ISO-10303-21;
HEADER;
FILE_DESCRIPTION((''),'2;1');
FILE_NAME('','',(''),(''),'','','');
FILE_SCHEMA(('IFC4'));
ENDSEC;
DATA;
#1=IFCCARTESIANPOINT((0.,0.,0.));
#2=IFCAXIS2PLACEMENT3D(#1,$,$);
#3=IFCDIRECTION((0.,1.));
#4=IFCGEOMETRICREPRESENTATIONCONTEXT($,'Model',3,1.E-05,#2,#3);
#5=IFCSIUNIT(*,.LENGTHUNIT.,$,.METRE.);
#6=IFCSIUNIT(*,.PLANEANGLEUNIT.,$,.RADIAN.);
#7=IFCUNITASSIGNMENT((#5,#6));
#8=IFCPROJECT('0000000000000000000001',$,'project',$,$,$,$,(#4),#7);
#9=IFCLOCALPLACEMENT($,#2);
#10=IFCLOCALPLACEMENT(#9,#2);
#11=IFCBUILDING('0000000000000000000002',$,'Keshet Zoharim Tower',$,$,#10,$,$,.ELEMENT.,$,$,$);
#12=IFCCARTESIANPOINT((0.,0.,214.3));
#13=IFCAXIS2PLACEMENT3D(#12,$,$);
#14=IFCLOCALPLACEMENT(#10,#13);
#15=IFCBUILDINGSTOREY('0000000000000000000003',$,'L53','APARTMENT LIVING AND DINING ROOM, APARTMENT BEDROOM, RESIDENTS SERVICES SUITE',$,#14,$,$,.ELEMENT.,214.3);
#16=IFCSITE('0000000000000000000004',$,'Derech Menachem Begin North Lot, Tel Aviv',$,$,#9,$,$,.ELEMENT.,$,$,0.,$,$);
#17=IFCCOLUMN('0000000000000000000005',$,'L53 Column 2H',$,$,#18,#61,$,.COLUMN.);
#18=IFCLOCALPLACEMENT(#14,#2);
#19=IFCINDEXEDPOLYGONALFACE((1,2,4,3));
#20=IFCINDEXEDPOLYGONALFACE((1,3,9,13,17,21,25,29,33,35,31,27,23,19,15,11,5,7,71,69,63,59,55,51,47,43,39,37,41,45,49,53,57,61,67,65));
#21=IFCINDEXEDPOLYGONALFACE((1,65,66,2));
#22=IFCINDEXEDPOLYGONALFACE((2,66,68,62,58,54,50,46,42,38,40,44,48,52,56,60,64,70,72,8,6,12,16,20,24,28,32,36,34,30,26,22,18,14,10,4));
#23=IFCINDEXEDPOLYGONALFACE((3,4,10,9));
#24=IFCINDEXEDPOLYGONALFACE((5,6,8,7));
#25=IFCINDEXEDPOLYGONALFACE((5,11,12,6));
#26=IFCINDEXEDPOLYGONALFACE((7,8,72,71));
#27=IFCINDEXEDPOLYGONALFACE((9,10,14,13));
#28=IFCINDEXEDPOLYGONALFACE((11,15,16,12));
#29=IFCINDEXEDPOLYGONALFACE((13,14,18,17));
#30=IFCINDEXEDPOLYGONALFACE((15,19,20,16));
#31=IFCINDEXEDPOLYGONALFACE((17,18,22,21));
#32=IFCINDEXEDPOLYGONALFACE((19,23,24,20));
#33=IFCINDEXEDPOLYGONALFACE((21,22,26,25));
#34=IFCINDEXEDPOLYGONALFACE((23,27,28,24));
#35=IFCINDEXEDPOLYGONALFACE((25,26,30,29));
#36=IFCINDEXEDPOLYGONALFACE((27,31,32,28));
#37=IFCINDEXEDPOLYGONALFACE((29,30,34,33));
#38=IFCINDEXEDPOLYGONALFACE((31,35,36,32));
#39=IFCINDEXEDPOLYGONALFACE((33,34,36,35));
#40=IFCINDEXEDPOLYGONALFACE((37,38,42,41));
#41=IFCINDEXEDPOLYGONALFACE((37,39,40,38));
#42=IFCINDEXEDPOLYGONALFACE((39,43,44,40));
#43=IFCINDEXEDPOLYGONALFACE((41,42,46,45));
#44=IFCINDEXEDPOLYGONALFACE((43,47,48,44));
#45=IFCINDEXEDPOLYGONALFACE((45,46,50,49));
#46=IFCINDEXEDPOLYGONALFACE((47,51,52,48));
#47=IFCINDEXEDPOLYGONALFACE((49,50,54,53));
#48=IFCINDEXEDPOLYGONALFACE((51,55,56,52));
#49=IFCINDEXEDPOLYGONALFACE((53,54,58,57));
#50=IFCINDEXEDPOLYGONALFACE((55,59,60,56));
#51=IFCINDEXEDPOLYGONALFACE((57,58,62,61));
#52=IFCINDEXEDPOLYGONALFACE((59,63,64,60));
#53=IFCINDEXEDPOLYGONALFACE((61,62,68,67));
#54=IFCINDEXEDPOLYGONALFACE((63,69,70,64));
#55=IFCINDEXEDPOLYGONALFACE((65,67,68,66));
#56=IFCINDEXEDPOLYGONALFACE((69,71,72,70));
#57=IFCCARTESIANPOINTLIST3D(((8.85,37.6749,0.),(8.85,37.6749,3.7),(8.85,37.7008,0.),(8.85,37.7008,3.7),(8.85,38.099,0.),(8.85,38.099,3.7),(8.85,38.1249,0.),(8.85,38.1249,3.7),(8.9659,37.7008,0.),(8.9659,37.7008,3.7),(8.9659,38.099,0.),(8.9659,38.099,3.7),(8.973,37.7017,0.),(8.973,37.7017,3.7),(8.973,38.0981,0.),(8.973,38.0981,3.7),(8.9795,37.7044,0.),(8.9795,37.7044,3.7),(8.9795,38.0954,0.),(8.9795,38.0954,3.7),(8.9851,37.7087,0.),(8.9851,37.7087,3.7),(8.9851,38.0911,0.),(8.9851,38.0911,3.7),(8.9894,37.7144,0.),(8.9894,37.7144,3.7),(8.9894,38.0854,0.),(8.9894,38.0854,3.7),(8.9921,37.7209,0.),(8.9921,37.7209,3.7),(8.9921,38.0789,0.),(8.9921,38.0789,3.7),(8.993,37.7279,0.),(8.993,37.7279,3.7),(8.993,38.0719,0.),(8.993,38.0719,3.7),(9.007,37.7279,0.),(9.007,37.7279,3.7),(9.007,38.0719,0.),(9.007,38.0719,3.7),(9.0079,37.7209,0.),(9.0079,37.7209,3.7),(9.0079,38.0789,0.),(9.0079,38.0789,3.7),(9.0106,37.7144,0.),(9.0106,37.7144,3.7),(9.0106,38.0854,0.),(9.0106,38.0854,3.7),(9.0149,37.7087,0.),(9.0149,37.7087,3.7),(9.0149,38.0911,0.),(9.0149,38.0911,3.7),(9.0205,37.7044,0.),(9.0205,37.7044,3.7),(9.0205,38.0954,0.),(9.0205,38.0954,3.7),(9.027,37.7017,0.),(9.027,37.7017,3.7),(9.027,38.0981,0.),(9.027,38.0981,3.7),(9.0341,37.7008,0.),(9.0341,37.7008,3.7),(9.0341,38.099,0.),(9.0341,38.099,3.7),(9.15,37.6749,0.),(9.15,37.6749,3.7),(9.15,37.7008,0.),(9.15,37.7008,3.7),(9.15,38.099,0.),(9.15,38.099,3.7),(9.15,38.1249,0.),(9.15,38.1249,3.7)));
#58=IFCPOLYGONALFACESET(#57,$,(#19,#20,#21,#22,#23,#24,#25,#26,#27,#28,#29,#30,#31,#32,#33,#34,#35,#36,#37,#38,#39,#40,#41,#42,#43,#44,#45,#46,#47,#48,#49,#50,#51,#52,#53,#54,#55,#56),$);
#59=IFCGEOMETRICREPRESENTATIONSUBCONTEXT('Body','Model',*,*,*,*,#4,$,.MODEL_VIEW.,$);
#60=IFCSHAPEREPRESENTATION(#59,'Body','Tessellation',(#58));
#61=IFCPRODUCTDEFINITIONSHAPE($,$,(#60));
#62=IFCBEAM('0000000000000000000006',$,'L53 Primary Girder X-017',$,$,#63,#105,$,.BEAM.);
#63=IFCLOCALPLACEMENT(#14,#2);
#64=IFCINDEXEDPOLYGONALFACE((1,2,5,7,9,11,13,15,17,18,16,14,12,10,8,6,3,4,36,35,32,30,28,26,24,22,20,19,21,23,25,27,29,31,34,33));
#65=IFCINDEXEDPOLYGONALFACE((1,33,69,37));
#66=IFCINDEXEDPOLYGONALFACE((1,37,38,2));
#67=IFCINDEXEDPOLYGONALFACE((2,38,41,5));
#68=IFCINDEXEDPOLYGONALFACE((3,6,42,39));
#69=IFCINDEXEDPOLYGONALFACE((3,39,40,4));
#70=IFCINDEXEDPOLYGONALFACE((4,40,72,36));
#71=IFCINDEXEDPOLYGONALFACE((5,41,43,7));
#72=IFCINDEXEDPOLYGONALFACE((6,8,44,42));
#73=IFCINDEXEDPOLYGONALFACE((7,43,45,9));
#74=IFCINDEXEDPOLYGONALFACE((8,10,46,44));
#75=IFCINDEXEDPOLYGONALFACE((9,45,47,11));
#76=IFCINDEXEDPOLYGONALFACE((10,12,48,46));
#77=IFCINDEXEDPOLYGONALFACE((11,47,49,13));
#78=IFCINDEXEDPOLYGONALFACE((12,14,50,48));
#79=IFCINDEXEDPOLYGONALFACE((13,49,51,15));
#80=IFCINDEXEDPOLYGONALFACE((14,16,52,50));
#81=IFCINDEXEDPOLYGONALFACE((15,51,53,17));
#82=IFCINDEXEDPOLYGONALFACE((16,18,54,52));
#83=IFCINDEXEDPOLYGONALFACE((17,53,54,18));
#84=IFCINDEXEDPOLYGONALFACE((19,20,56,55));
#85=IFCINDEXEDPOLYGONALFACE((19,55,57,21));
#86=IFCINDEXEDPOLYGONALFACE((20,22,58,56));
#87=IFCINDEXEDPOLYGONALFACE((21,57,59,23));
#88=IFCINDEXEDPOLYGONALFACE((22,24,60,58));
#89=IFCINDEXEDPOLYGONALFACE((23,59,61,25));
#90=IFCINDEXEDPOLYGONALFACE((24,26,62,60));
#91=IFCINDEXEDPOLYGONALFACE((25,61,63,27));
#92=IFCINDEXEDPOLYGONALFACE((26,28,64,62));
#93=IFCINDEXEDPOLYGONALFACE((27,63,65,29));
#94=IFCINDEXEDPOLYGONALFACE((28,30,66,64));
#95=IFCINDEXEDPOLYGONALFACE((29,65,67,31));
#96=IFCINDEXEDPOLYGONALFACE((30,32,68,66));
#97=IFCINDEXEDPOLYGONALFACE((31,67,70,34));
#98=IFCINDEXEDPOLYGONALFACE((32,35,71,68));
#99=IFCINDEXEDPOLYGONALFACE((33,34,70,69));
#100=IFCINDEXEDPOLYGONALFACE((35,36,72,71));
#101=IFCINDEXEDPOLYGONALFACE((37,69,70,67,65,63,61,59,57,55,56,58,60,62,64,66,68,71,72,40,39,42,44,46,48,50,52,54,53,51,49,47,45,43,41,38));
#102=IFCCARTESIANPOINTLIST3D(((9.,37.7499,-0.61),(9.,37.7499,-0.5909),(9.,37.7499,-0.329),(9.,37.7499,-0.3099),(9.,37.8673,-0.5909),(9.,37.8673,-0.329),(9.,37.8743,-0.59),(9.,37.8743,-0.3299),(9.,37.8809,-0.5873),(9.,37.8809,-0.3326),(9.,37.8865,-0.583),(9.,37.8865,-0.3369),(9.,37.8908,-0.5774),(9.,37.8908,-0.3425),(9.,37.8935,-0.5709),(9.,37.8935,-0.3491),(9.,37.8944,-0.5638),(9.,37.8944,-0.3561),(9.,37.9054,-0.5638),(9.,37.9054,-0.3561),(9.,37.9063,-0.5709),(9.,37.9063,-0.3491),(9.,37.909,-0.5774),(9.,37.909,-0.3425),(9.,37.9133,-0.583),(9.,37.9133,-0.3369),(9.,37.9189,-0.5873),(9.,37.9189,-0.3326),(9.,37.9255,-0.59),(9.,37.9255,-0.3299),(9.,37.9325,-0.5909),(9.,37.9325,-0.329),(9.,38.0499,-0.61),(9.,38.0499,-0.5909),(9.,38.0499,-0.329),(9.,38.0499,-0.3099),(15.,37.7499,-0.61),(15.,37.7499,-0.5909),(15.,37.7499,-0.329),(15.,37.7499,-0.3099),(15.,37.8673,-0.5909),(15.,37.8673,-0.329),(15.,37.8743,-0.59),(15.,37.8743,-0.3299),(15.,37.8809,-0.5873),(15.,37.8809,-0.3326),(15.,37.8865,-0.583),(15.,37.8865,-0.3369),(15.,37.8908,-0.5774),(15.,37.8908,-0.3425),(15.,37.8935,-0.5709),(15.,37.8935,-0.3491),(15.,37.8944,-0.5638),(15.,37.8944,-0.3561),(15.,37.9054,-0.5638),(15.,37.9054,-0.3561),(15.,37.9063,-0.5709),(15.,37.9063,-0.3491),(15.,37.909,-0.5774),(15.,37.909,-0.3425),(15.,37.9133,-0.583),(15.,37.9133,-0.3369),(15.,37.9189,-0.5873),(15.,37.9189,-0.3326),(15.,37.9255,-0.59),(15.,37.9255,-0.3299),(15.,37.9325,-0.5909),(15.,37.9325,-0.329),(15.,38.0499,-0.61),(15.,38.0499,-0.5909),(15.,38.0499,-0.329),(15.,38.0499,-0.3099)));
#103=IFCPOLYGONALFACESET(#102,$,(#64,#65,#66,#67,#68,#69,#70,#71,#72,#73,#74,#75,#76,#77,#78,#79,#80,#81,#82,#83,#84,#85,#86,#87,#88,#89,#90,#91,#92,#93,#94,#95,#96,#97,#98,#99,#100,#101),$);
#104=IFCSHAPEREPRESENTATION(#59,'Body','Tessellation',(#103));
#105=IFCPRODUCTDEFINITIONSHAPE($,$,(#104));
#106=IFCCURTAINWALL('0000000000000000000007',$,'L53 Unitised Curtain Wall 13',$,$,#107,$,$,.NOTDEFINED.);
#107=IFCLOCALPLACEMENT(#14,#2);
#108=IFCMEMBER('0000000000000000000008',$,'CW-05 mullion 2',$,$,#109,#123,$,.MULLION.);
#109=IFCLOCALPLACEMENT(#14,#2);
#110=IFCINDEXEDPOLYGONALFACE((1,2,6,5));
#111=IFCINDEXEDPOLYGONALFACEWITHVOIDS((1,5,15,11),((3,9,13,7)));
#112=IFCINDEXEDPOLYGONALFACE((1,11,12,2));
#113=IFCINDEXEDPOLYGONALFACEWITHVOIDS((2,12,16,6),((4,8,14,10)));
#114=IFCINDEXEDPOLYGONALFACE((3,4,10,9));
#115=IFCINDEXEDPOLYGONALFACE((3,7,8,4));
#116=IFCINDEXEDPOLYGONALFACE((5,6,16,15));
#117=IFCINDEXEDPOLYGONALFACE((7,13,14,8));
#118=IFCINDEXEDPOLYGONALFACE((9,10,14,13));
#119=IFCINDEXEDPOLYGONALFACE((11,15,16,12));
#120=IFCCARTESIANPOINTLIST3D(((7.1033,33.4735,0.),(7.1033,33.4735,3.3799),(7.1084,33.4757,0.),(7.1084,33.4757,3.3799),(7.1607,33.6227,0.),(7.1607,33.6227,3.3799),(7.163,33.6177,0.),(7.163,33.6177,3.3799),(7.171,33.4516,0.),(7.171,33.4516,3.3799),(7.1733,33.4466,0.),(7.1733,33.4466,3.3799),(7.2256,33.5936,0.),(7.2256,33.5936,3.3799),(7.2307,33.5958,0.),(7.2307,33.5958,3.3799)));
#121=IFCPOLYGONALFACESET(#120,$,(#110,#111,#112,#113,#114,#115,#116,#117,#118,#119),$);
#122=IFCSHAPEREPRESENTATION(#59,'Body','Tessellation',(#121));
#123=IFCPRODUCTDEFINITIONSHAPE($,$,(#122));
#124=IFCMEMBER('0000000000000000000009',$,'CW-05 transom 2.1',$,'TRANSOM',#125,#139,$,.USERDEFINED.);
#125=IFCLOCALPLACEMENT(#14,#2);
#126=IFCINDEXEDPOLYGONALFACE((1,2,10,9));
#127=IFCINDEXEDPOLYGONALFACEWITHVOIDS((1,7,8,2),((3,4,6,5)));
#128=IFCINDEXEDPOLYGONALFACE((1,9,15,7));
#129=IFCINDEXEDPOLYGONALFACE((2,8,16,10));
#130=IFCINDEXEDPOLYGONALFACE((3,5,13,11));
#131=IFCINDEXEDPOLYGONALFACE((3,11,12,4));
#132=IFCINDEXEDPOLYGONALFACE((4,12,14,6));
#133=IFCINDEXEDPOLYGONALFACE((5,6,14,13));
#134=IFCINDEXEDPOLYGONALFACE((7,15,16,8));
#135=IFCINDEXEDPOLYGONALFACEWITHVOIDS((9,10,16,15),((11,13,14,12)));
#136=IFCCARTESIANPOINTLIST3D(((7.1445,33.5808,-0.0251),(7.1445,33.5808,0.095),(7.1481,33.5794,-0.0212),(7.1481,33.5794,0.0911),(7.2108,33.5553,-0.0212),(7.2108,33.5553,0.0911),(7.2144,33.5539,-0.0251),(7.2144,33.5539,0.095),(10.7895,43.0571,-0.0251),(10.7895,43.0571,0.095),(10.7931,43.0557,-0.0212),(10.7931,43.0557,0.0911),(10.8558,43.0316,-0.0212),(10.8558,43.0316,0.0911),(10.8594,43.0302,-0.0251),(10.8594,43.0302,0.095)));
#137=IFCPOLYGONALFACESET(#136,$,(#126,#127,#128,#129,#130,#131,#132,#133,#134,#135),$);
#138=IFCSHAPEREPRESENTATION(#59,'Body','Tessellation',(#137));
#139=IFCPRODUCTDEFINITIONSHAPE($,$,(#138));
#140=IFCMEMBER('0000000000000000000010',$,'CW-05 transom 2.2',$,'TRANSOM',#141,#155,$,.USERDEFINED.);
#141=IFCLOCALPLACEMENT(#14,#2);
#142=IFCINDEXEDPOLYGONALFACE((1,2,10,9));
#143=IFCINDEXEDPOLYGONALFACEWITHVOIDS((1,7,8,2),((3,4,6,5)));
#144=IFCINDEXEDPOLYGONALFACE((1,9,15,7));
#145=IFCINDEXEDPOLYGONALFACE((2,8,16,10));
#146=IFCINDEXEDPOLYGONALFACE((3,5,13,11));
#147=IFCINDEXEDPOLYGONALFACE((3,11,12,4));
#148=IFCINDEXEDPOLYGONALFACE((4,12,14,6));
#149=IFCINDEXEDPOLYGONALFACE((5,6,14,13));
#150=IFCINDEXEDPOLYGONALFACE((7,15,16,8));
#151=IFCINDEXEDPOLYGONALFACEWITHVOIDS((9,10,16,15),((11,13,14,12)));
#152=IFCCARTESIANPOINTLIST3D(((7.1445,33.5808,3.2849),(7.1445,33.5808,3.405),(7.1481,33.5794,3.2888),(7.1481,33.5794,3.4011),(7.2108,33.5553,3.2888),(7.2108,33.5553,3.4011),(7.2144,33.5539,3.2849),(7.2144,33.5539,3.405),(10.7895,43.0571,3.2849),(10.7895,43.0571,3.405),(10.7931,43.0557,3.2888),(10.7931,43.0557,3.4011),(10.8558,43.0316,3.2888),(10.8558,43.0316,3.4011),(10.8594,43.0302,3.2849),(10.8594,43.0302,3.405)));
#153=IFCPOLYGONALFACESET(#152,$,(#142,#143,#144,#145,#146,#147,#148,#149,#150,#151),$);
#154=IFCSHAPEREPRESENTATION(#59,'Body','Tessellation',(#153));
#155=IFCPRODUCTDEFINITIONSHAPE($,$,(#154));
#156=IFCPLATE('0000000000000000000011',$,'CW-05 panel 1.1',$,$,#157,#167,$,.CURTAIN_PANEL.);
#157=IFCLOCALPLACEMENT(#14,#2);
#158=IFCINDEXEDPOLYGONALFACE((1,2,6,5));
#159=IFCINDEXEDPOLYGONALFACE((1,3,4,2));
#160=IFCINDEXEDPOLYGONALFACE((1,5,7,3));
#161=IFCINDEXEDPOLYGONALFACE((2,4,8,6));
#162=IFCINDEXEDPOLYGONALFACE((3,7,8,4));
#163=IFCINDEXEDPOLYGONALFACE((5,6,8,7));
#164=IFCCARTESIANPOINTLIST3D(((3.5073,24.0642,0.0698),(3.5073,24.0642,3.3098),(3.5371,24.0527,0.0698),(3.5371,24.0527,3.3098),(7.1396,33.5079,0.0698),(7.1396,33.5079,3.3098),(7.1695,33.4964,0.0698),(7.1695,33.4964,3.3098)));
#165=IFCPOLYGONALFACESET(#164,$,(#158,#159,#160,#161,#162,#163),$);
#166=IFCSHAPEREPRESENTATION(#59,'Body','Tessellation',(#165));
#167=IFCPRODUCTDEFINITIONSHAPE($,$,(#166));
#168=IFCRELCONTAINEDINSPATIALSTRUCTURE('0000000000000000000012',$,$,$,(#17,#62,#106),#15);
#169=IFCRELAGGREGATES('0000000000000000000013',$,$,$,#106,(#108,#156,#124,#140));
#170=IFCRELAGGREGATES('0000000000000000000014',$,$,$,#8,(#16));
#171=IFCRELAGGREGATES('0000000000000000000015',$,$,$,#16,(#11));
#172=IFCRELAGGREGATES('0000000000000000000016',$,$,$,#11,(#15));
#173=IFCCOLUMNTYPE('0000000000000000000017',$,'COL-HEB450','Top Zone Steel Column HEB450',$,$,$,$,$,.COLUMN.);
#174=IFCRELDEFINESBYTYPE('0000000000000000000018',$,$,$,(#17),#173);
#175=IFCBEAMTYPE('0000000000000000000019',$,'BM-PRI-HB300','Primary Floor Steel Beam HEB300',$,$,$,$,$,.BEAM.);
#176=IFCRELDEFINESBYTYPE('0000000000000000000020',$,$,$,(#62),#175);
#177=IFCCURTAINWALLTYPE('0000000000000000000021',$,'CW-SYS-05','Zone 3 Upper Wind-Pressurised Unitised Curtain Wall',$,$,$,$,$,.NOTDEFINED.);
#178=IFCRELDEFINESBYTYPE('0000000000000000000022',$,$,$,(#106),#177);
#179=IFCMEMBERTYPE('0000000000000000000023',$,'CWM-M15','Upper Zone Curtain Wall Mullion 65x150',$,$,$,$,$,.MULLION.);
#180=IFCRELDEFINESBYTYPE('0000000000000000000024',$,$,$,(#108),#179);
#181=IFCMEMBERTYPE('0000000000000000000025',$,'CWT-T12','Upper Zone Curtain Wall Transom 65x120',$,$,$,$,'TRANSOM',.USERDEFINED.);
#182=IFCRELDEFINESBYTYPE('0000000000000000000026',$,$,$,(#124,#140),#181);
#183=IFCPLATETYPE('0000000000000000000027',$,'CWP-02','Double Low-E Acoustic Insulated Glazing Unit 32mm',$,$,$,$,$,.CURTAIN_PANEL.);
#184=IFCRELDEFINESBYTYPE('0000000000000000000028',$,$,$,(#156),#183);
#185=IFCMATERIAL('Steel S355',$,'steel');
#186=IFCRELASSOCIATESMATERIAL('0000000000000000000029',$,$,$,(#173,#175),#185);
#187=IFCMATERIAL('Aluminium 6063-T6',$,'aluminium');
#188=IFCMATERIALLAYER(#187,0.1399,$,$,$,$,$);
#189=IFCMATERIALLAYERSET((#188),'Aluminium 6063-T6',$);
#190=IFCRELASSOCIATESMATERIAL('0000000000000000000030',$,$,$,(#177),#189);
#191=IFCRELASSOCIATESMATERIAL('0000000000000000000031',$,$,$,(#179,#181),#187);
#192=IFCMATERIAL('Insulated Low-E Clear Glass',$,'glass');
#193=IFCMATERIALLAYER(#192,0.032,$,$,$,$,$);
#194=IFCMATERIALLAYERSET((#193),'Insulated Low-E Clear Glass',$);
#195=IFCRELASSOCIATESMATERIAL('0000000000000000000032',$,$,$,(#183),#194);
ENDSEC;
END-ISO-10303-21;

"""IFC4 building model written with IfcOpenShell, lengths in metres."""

from ifc_helpers import new_model, si_unit, direction, frame, origin, origin_2d, place, context, subcontext, project, spatial, rectangle, hollow_rectangle, i_section, extrude, material, layer, layer_set, material_profile, profile_set, type_object, element, aggregate, save


model = new_model("IFC4")

# Units and contexts
model_context = context("Model", 3, precision=1e-05, world=origin(), true_north=direction((0.0, 1.0)))
body_context = subcontext(model_context, "Body", "Model", "MODEL_VIEW")
ifc_project = project(units=[si_unit("LENGTHUNIT", "METRE"), si_unit("PLANEANGLEUNIT", "RADIAN")], contexts=[model_context])

# Site, building, storey
site_placement = place(None, origin())
site = spatial("IfcSite", under=ifc_project, at=site_placement, Name="Derech Menachem Begin North Lot, Tel Aviv", CompositionType="ELEMENT", RefElevation=0.0)
building_placement = place(site_placement, origin())
building = spatial("IfcBuilding", under=site, at=building_placement, Name="Keshet Zoharim Tower", CompositionType="ELEMENT")
storey_placement = place(building_placement, frame((0.0, 0.0, 214.3)))
storey = spatial("IfcBuildingStorey", under=building, at=storey_placement, Name="L53", Description="APARTMENT LIVING AND DINING ROOM, APARTMENT BEDROOM, RESIDENTS SERVICES SUITE", CompositionType="ELEMENT", Elevation=214.3)

# Column
ifc_material_1 = material(Name="Steel S355", Category="steel")
ifc_material_profile_1 = material_profile(ifc_material_1, i_section(OverallWidth=0.3, OverallDepth=0.45, WebThickness=0.0139, FlangeThickness=0.0259, FilletRadius=0.0271, at=origin_2d()), Name="HEB450")
ifc_profile_set_1 = profile_set([ifc_material_profile_1], Name="Steel S355")
column_type = type_object("IfcColumnType", Name="COL-HEB450", Description="Top Zone Steel Column HEB450", PredefinedType="COLUMN", material=ifc_profile_set_1)
column_placement = place(storey_placement, frame((9.0, 37.8999, 0.0), z_axis=(0.0, 0.0, 1.0), x_axis=(1.0, 0.0, 0.0)))
element("IfcColumn", 1, at=column_placement, inside=storey, type_object=column_type, Name="L53 Column 2H", PredefinedType="COLUMN", context=body_context, shape_type="SweptSolid", body=[
    extrude(i_section(OverallWidth=0.3, OverallDepth=0.45, WebThickness=0.0139, FlangeThickness=0.0259, FilletRadius=0.0271, at=origin_2d()), origin(), (0.0, 0.0, 1.0), 3.7),
])

# Beam
ifc_material_profile_2 = material_profile(ifc_material_1, i_section(OverallWidth=0.3, OverallDepth=0.3, WebThickness=0.011, FlangeThickness=0.019, FilletRadius=0.0271, at=origin_2d()), Name="HEB300")
ifc_profile_set_2 = profile_set([ifc_material_profile_2], Name="Steel S355")
beam_type = type_object("IfcBeamType", Name="BM-PRI-HB300", Description="Primary Floor Steel Beam HEB300", PredefinedType="BEAM", material=ifc_profile_set_2)
beam_placement = place(storey_placement, frame((9.0, 37.8999, -0.46), z_axis=(1.0, 0.0, 0.0), x_axis=(0.0, 1.0, 0.0)))
element("IfcBeam", 2, at=beam_placement, inside=storey, type_object=beam_type, Name="L53 Primary Girder X-017", PredefinedType="BEAM", context=body_context, shape_type="SweptSolid", body=[
    extrude(i_section(OverallWidth=0.3, OverallDepth=0.3, WebThickness=0.011, FlangeThickness=0.019, FilletRadius=0.0271, at=origin_2d()), origin(), (0.0, 0.0, 1.0), 6.0),
])

# Curtain wall, members, plate
ifc_material_2 = material(Name="Aluminium 6063-T6", Category="aluminium")
ifc_layer_1 = layer(ifc_material_2, 0.1399)
ifc_layer_set_1 = layer_set([ifc_layer_1], Name="Aluminium 6063-T6")
curtain_wall_type = type_object("IfcCurtainWallType", Name="CW-SYS-05", Description="Zone 3 Upper Wind-Pressurised Unitised Curtain Wall", PredefinedType="NOTDEFINED", material=ifc_layer_set_1)
curtain_wall_placement = place(storey_placement, origin())
curtain_wall = element("IfcCurtainWall", 3, at=curtain_wall_placement, inside=storey, type_object=curtain_wall_type, Name="L53 Unitised Curtain Wall 13", PredefinedType="NOTDEFINED")
ifc_material_profile_3 = material_profile(ifc_material_2, hollow_rectangle(XDim=0.075, YDim=0.1599, WallThickness=0.0039, at=origin_2d()), Name="MUL-75x160")
ifc_profile_set_3 = profile_set([ifc_material_profile_3], Name="Aluminium 6063-T6")
member_type_1 = type_object("IfcMemberType", Name="CWM-M15", Description="Upper Zone Curtain Wall Mullion 65x150", PredefinedType="MULLION", material=ifc_profile_set_3)
member_1_placement = place(storey_placement, frame((7.167, 33.5347, 0.0), z_axis=(0.0, 0.0, 1.0), x_axis=(-0.933341, 0.35899, 0.0)))
member_1 = element("IfcMember", 4, at=member_1_placement, type_object=member_type_1, Name="CW-05 mullion 2", PredefinedType="MULLION", context=body_context, shape_type="SweptSolid", body=[
    extrude(hollow_rectangle(XDim=0.075, YDim=0.1599, WallThickness=0.0039, at=origin_2d()), origin(), (0.0, 0.0, 1.0), 3.3799),
])
ifc_material_profile_4 = material_profile(ifc_material_2, hollow_rectangle(XDim=0.075, YDim=0.1201, WallThickness=0.0039, at=origin_2d()), Name="TRN-75x120")
ifc_profile_set_4 = profile_set([ifc_material_profile_4], Name="Aluminium 6063-T6")
member_type_2 = type_object("IfcMemberType", Name="CWT-T12", Description="Upper Zone Curtain Wall Transom 65x120", ElementType="TRANSOM", PredefinedType="USERDEFINED", material=ifc_profile_set_4)
member_2_placement = place(storey_placement, frame((7.1794, 33.5674, 0.0349), z_axis=(0.359003, 0.933336, 0.0), x_axis=(-0.933336, 0.359003, 0.0)))
member_2 = element("IfcMember", 5, at=member_2_placement, type_object=member_type_2, Name="CW-05 transom 2.1", ObjectType="TRANSOM", PredefinedType="USERDEFINED", context=body_context, shape_type="SweptSolid", body=[
    extrude(hollow_rectangle(XDim=0.075, YDim=0.1201, WallThickness=0.0039, at=origin_2d()), origin(), (0.0, 0.0, 1.0), 10.1531),
])
member_3_placement = place(storey_placement, frame((7.1794, 33.5674, 3.345), z_axis=(0.359003, 0.933336, 0.0), x_axis=(-0.933336, 0.359003, 0.0)))
member_3 = element("IfcMember", 6, at=member_3_placement, type_object=member_type_2, Name="CW-05 transom 2.2", ObjectType="TRANSOM", PredefinedType="USERDEFINED", context=body_context, shape_type="SweptSolid", body=[
    extrude(hollow_rectangle(XDim=0.075, YDim=0.1201, WallThickness=0.0039, at=origin_2d()), origin(), (0.0, 0.0, 1.0), 10.1531),
])
ifc_material_3 = material(Name="Insulated Low-E Clear Glass", Category="glass")
ifc_layer_2 = layer(ifc_material_3, 0.032)
ifc_layer_set_2 = layer_set([ifc_layer_2], Name="Insulated Low-E Clear Glass")
plate_type = type_object("IfcPlateType", Name="CWP-02", Description="Double Low-E Acoustic Insulated Glazing Unit 32mm", PredefinedType="CURTAIN_PANEL", material=ifc_layer_set_2)
plate_placement = place(storey_placement, frame((5.3384, 28.7803, 0.0698), z_axis=(0.0, 0.0, 1.0), x_axis=(0.35899, 0.933341, 0.0)))
plate = element("IfcPlate", 7, at=plate_placement, type_object=plate_type, Name="CW-05 panel 1.1", PredefinedType="CURTAIN_PANEL", context=body_context, shape_type="SweptSolid", body=[
    extrude(rectangle(XDim=10.1182, YDim=0.032, at=origin_2d()), origin(), (0.0, 0.0, 1.0), 3.24),
])
aggregate(curtain_wall, [member_1, plate, member_2, member_3])

save(model, "model.ifc")
